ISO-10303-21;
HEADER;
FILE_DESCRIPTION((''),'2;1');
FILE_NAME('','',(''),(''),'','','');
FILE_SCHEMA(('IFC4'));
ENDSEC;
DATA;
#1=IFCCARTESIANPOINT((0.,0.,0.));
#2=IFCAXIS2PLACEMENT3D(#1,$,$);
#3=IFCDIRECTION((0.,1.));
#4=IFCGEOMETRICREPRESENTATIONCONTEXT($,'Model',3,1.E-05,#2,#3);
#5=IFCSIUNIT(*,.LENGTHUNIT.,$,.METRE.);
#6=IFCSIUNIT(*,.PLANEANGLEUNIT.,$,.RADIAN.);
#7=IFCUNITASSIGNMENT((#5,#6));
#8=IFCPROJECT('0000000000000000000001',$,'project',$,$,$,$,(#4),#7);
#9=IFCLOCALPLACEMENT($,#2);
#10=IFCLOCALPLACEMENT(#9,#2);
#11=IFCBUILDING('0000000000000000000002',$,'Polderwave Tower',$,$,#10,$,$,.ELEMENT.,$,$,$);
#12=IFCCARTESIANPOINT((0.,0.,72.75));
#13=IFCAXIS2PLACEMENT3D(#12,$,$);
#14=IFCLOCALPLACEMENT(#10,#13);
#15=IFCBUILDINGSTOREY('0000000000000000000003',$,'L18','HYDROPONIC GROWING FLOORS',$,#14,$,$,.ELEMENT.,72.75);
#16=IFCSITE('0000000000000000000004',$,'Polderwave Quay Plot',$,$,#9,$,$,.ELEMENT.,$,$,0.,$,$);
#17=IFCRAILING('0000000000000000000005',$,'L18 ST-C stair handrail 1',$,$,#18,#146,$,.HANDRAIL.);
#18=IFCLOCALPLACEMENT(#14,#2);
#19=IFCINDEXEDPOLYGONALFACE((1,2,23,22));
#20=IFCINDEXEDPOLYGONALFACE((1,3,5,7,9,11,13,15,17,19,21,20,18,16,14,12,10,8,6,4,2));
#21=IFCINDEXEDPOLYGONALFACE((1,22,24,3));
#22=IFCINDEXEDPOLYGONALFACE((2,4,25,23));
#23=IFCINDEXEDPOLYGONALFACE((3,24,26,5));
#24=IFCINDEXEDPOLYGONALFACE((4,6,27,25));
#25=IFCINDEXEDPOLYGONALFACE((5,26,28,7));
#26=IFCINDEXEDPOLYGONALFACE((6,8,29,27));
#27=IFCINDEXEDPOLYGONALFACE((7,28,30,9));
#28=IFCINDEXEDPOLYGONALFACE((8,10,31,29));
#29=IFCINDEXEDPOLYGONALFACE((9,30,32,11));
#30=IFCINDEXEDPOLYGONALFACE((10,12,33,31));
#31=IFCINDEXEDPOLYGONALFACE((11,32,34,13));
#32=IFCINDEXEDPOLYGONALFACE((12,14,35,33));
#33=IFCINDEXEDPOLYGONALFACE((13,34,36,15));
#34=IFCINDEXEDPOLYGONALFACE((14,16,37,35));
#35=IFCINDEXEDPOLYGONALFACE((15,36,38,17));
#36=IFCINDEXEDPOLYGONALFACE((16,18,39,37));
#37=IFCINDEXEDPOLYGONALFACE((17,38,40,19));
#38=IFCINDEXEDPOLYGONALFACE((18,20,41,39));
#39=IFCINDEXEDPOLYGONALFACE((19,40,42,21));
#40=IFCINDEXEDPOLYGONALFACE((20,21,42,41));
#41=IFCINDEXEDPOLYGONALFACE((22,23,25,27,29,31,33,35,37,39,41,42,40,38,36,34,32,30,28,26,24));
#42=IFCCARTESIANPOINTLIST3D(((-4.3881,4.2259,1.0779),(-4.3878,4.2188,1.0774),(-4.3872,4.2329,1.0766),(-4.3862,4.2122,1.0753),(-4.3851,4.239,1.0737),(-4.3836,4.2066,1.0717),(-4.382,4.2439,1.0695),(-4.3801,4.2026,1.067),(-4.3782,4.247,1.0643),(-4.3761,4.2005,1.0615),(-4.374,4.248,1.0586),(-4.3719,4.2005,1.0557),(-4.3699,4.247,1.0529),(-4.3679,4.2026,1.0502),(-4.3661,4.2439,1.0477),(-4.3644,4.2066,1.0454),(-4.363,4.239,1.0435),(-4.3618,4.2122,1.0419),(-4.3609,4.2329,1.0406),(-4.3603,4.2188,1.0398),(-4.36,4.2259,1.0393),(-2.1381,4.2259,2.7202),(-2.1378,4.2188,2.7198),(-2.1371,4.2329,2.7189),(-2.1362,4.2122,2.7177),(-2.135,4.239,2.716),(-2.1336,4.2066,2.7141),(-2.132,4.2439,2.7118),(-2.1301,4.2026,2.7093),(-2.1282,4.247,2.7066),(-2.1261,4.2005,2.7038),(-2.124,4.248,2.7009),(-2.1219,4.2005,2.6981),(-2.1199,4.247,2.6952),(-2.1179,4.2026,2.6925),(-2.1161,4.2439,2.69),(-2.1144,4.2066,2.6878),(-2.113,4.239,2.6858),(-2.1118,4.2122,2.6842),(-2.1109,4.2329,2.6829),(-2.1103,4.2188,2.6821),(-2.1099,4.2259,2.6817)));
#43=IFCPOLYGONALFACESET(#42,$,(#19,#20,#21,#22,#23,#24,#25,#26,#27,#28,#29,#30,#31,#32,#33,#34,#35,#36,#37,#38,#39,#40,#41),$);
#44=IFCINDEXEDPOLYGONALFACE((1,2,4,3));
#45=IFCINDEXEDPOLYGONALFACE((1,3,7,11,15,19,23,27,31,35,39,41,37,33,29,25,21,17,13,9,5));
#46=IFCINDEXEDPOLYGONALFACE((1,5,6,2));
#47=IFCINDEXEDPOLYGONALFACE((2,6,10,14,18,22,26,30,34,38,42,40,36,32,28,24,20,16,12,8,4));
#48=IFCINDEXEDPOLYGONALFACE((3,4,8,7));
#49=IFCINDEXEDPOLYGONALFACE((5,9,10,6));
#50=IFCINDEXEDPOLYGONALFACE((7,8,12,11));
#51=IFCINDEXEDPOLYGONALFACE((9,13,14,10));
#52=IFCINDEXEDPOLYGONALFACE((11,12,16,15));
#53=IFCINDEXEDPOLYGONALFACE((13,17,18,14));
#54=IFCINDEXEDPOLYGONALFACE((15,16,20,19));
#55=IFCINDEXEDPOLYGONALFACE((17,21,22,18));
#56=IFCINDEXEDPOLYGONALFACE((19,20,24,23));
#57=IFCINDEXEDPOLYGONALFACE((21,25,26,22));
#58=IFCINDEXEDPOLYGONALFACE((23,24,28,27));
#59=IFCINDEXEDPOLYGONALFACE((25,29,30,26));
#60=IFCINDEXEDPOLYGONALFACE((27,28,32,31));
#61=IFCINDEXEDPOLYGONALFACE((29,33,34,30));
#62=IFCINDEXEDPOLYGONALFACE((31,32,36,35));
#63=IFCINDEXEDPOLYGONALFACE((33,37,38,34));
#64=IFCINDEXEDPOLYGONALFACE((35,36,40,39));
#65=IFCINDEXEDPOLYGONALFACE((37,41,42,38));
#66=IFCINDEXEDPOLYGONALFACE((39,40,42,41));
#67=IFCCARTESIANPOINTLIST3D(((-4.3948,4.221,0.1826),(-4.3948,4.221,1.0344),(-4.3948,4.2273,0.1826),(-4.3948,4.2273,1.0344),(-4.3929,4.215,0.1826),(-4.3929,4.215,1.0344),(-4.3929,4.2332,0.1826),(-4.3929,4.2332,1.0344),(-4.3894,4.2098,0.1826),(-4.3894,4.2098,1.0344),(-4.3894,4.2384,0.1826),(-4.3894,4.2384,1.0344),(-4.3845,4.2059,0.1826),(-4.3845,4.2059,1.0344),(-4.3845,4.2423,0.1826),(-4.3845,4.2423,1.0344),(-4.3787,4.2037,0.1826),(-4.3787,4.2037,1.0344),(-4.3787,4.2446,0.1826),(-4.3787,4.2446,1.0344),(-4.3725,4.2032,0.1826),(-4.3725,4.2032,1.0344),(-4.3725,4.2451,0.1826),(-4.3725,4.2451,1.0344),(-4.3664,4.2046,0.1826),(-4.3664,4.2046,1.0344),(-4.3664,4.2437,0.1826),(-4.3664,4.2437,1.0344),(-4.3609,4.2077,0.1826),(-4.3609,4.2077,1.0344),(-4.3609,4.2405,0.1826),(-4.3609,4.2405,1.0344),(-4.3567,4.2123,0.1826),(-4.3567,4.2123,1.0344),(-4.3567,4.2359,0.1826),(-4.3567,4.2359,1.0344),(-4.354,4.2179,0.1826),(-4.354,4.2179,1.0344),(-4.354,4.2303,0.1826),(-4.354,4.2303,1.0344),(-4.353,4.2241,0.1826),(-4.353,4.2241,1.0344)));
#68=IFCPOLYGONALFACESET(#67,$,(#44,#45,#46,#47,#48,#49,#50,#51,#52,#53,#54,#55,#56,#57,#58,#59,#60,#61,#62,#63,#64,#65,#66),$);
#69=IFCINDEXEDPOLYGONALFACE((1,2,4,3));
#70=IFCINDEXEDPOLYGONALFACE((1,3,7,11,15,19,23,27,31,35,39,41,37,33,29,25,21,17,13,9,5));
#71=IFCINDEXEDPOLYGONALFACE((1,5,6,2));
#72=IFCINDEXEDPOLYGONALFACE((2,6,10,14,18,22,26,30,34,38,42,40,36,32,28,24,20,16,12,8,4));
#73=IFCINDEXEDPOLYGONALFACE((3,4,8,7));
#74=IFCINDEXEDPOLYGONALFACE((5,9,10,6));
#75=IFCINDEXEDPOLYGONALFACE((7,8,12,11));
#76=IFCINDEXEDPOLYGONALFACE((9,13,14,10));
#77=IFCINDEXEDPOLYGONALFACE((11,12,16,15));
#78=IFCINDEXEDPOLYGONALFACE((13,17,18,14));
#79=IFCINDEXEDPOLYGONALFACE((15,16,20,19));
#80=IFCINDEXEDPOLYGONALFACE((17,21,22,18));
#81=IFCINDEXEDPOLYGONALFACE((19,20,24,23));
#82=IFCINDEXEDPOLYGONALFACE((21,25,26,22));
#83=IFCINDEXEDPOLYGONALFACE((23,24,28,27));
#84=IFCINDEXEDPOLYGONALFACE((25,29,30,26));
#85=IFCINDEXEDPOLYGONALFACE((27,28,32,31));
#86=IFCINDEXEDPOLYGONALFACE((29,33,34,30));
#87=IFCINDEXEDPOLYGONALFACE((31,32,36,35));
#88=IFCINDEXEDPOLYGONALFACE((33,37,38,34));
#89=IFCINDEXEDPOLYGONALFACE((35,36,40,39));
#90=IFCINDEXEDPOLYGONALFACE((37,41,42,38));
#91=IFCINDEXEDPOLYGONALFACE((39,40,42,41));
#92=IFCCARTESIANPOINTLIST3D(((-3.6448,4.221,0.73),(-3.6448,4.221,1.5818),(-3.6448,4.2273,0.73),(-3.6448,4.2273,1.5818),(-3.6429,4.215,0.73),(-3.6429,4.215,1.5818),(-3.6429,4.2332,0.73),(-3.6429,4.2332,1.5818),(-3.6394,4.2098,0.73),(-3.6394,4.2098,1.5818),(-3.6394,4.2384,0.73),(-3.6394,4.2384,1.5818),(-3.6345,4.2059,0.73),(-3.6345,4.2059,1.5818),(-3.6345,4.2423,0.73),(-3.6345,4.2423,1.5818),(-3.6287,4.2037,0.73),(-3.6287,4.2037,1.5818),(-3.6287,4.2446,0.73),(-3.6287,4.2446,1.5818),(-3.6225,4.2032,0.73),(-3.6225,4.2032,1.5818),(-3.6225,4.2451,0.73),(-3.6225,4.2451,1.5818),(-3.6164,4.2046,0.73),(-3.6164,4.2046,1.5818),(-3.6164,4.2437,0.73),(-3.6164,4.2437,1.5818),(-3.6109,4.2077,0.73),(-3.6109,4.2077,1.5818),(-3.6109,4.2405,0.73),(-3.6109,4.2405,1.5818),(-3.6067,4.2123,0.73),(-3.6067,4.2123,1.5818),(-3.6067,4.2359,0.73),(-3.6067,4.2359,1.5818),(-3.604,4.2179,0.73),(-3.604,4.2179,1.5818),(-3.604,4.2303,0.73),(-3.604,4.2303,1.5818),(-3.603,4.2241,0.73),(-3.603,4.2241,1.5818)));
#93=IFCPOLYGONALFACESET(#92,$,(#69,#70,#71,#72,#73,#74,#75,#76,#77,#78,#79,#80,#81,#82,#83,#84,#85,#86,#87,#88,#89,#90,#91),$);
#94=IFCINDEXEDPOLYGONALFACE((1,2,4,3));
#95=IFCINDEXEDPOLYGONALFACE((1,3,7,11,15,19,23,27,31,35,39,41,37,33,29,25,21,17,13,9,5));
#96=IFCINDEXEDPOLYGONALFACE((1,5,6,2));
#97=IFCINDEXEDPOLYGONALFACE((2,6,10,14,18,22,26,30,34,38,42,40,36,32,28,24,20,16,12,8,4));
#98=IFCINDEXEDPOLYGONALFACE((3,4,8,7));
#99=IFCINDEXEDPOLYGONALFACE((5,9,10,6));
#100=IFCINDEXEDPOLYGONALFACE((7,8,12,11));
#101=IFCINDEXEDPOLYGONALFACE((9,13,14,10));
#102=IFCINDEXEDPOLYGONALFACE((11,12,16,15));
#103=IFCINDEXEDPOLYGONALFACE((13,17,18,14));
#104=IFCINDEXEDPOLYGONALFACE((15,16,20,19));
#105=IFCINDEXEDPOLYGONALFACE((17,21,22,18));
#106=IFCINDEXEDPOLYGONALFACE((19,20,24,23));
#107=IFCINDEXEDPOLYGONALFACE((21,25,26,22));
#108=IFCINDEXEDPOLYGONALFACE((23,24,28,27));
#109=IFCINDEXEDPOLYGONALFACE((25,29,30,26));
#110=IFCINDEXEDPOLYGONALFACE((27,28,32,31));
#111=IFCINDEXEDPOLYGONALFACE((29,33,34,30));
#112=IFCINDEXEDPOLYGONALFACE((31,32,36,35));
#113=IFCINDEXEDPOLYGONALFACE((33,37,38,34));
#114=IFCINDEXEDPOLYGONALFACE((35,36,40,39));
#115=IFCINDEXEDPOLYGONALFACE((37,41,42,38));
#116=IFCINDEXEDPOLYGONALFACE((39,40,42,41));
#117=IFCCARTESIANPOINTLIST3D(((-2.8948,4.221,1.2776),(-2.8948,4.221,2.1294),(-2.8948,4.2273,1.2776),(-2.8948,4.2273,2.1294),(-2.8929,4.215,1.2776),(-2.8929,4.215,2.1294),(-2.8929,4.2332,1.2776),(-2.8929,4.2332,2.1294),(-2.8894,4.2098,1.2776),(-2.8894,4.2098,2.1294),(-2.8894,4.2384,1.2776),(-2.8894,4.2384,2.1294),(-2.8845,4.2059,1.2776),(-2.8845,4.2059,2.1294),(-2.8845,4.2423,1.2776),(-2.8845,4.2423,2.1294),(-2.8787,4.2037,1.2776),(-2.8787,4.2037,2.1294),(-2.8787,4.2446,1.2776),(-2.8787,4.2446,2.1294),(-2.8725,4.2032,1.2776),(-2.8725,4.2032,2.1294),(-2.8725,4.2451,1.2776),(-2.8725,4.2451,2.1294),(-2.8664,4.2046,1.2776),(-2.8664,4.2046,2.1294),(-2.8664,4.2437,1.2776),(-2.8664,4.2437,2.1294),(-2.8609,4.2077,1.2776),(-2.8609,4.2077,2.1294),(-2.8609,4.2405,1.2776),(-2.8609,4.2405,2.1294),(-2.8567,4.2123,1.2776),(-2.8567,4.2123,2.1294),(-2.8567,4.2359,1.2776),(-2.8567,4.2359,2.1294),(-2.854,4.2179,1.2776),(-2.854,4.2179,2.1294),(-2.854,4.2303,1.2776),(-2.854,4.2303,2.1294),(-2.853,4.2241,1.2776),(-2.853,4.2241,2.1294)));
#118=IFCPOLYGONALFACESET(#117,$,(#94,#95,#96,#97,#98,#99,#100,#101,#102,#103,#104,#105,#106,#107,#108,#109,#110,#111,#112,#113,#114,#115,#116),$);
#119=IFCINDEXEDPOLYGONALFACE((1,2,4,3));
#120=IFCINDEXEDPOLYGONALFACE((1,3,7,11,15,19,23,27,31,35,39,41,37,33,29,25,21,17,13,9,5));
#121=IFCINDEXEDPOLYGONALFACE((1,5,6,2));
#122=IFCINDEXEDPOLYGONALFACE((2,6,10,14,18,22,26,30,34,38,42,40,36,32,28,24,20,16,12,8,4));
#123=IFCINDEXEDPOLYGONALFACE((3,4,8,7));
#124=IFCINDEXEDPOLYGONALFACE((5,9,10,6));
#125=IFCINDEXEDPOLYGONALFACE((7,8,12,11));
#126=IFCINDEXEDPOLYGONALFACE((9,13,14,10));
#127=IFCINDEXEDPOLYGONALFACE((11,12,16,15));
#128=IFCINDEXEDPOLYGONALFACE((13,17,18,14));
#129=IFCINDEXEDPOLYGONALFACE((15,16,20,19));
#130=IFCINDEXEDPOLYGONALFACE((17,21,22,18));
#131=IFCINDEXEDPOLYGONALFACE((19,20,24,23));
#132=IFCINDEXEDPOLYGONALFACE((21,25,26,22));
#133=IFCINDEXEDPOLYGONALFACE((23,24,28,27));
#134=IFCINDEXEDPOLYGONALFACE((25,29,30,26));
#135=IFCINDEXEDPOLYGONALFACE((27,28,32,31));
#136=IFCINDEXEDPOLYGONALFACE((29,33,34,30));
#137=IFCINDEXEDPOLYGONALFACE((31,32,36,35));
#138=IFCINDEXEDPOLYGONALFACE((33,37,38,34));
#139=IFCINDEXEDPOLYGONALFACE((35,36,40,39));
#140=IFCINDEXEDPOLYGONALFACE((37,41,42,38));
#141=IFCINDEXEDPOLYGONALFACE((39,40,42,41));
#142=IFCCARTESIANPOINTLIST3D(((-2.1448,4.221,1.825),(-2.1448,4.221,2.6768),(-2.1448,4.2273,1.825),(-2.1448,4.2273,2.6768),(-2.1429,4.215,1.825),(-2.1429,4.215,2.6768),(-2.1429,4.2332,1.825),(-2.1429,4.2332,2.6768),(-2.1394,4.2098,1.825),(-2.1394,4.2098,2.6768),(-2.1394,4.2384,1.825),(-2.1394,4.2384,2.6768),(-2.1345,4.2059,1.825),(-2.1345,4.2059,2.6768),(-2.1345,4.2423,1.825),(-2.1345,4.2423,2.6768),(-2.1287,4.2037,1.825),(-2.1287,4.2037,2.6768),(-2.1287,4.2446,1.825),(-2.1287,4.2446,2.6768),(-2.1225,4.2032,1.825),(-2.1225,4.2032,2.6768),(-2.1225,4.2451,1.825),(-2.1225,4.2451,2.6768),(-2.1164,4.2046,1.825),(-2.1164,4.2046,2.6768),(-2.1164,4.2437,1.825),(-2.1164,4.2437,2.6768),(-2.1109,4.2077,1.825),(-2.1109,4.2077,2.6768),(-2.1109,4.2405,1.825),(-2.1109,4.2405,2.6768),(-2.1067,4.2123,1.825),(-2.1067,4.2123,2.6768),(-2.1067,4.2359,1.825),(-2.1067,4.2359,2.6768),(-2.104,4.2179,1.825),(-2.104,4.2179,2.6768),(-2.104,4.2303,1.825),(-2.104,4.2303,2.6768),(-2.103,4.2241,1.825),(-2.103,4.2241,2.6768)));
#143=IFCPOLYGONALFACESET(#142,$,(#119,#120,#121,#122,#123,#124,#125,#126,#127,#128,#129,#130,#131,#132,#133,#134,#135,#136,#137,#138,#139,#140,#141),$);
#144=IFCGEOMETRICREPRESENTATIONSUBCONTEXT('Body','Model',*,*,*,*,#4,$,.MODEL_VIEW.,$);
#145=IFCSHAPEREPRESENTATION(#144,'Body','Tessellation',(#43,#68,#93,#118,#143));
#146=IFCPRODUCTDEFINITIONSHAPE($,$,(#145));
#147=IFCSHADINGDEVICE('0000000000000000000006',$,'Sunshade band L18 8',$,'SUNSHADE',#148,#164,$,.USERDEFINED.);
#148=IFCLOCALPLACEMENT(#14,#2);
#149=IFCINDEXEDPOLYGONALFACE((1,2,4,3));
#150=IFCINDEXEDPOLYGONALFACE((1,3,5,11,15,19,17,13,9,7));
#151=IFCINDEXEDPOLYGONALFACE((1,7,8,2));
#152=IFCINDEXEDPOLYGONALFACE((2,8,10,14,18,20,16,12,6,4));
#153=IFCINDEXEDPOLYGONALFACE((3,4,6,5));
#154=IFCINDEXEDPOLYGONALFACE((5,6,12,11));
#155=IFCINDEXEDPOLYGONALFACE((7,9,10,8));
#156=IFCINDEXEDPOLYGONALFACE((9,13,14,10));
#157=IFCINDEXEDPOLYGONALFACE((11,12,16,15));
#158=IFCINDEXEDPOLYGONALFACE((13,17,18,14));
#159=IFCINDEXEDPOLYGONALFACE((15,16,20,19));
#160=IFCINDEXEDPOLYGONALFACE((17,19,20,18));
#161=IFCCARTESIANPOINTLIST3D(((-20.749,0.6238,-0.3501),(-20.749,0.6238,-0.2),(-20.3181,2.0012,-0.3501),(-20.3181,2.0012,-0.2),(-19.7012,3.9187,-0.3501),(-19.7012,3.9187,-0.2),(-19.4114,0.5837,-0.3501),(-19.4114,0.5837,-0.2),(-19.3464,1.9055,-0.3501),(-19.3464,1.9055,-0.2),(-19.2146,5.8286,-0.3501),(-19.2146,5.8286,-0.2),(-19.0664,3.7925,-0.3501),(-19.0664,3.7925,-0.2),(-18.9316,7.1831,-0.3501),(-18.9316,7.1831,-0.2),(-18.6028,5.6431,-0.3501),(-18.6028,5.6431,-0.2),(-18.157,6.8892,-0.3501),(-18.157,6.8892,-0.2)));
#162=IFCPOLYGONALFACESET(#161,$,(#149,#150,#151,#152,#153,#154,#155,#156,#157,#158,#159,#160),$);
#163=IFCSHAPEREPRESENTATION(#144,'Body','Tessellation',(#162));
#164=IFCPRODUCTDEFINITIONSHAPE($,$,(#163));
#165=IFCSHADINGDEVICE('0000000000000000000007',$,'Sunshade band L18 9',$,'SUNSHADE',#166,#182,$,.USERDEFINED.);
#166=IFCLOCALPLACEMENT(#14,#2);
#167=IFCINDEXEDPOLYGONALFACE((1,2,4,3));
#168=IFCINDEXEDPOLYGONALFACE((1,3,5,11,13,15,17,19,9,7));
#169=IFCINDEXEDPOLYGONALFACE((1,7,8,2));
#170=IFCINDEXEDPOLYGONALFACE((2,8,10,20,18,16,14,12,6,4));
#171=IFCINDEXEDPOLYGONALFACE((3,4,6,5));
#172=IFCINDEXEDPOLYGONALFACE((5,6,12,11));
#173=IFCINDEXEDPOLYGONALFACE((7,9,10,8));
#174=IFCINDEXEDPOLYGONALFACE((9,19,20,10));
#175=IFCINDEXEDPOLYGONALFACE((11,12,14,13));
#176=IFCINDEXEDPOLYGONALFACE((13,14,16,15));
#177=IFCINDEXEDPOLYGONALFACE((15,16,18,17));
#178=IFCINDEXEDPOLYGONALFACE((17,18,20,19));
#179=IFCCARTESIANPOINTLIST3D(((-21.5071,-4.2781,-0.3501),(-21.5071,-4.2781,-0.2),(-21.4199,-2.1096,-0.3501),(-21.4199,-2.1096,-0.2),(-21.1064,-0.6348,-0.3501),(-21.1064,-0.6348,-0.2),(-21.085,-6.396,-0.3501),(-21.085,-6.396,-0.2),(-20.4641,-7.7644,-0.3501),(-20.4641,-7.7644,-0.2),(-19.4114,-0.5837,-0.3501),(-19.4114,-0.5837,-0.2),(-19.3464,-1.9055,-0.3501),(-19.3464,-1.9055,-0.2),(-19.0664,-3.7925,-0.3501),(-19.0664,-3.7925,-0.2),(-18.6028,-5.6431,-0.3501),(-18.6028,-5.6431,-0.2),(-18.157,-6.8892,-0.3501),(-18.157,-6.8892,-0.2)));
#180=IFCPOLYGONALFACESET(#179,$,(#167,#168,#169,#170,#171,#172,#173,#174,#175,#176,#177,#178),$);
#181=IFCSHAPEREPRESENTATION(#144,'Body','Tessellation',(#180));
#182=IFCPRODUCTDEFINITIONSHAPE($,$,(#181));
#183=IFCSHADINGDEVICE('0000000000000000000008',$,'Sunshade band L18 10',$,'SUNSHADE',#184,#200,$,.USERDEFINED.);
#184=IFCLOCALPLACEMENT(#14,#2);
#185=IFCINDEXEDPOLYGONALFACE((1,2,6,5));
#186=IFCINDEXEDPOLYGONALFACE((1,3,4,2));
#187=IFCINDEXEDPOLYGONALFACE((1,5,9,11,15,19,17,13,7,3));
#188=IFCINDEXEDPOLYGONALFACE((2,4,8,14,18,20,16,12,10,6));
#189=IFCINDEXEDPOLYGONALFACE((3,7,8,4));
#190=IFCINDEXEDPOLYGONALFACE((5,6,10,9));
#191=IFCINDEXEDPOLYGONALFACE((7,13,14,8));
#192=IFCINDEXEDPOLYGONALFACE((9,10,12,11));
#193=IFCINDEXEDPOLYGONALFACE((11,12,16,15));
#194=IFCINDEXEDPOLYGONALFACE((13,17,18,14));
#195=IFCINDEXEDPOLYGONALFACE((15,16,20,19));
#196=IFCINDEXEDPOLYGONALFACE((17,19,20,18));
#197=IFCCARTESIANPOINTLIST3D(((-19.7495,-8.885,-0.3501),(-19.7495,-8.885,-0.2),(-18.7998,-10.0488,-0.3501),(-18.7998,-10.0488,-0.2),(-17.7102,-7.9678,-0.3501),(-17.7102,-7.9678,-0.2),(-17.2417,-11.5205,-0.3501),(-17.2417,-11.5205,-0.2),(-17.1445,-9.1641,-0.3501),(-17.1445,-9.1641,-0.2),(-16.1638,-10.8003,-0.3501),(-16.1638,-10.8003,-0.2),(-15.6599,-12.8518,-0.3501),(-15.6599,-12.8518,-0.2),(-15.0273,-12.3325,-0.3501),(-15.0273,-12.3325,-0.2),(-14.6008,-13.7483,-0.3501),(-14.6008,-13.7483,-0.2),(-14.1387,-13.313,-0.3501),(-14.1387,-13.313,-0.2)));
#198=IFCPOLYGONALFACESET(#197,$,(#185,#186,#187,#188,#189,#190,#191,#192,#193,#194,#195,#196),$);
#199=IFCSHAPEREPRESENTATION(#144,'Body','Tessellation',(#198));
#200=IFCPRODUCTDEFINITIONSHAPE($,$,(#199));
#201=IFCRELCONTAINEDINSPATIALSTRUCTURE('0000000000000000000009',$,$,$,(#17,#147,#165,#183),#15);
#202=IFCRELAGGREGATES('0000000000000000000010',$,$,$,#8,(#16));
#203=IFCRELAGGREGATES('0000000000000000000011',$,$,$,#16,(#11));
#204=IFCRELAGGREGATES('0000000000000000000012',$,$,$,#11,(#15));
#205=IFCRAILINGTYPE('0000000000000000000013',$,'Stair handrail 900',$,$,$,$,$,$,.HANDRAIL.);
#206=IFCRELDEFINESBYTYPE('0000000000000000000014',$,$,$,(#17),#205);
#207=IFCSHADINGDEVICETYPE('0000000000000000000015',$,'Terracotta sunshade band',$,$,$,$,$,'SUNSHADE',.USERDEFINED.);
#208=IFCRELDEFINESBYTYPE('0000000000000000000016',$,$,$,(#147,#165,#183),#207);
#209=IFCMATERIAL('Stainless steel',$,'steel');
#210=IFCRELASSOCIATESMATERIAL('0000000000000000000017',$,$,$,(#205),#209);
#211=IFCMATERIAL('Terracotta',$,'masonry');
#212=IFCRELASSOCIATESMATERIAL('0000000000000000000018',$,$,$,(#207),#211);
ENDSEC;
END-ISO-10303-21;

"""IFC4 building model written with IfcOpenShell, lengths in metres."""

from ifc_helpers import new_model, si_unit, direction, frame, origin, origin_2d, place, context, subcontext, project, spatial, polyline, circle, outline, extrude, material, type_object, element, save


model = new_model("IFC4")

# Units and contexts
model_context = context("Model", 3, precision=1e-05, world=origin(), true_north=direction((0.0, 1.0)))
body_context = subcontext(model_context, "Body", "Model", "MODEL_VIEW")
ifc_project = project(units=[si_unit("LENGTHUNIT", "METRE"), si_unit("PLANEANGLEUNIT", "RADIAN")], contexts=[model_context])

# Site, building, storey
site_placement = place(None, origin())
site = spatial("IfcSite", under=ifc_project, at=site_placement, Name="Polderwave Quay Plot", CompositionType="ELEMENT", RefElevation=0.0)
building_placement = place(site_placement, origin())
building = spatial("IfcBuilding", under=site, at=building_placement, Name="Polderwave Tower", CompositionType="ELEMENT")
storey_placement = place(building_placement, frame((0.0, 0.0, 72.75)))
storey = spatial("IfcBuildingStorey", under=building, at=storey_placement, Name="L18", Description="HYDROPONIC GROWING FLOORS", CompositionType="ELEMENT", Elevation=72.75)

# Railing
ifc_material_1 = material(Name="Stainless steel", Category="steel")
railing_type_1 = type_object("IfcRailingType", Name="Stair handrail 900", PredefinedType="HANDRAIL", material=ifc_material_1)
railing_1_placement = place(storey_placement, frame((-4.374, 4.2241, 0.1826)))
element("IfcRailing", 1, at=railing_1_placement, inside=storey, type_object=railing_type_1, Name="L18 ST-C stair handrail 1", PredefinedType="HANDRAIL", context=body_context, shape_type="SweptSolid", body=[
    extrude(circle(Radius=0.0239, at=origin_2d()), frame((0.0, 0.0, 0.876), z_axis=(0.807715, 0.0, 0.589573), x_axis=(0.0, 1.0, 0.0)), (0.0, 0.0, 1.0), 2.7856),
    extrude(circle(Radius=0.021, at=origin_2d()), origin(), (0.0, 0.0, 1.0), 0.8518),
    extrude(circle(Radius=0.021, at=origin_2d()), frame((0.75, 0.0, 0.5474)), (0.0, 0.0, 1.0), 0.8518),
    extrude(circle(Radius=0.021, at=origin_2d()), frame((1.5, 0.0, 1.095)), (0.0, 0.0, 1.0), 0.8518),
    extrude(circle(Radius=0.021, at=origin_2d()), frame((2.25, 0.0, 1.6423)), (0.0, 0.0, 1.0), 0.8518),
])

# Shading devices
ifc_material_2 = material(Name="Terracotta", Category="masonry")
shading_device_type = type_object("IfcShadingDeviceType", Name="Terracotta sunshade band", ElementType="SUNSHADE", PredefinedType="USERDEFINED", material=ifc_material_2)
shading_device_1_placement = place(storey_placement, frame((0.0, 0.0, -0.3501)))
element("IfcShadingDevice", 2, at=shading_device_1_placement, inside=storey, type_object=shading_device_type, Name="Sunshade band L18 8", ObjectType="SUNSHADE", PredefinedType="USERDEFINED", context=body_context, shape_type="SweptSolid", body=[
    extrude(outline(polyline([(-18.157, 6.8892), (-18.6028, 5.6431), (-19.0664, 3.7925), (-19.3464, 1.9055), (-19.4114, 0.5837), (-20.749, 0.6238), (-20.3181, 2.0012), (-19.7012, 3.9187), (-19.2146, 5.8286), (-18.9316, 7.1831), (-18.157, 6.8892)])), origin(), (0.0, 0.0, 1.0), 0.1501),
])
shading_device_2_placement = place(storey_placement, frame((0.0, 0.0, -0.3501)))
element("IfcShadingDevice", 3, at=shading_device_2_placement, inside=storey, type_object=shading_device_type, Name="Sunshade band L18 9", ObjectType="SUNSHADE", PredefinedType="USERDEFINED", context=body_context, shape_type="SweptSolid", body=[
    extrude(outline(polyline([(-19.4114, -0.5837), (-19.3464, -1.9055), (-19.0664, -3.7925), (-18.6028, -5.6431), (-18.157, -6.8892), (-20.4641, -7.7644), (-21.085, -6.396), (-21.5071, -4.2781), (-21.4199, -2.1096), (-21.1064, -0.6348), (-19.4114, -0.5837)])), origin(), (0.0, 0.0, 1.0), 0.1501),
])
shading_device_3_placement = place(storey_placement, frame((0.0, 0.0, -0.3501)))
element("IfcShadingDevice", 4, at=shading_device_3_placement, inside=storey, type_object=shading_device_type, Name="Sunshade band L18 10", ObjectType="SUNSHADE", PredefinedType="USERDEFINED", context=body_context, shape_type="SweptSolid", body=[
    extrude(outline(polyline([(-17.7102, -7.9678), (-17.1445, -9.1641), (-16.1638, -10.8003), (-15.0273, -12.3325), (-14.1387, -13.313), (-14.6008, -13.7483), (-15.6599, -12.8518), (-17.2417, -11.5205), (-18.7998, -10.0488), (-19.7495, -8.885), (-17.7102, -7.9678)])), origin(), (0.0, 0.0, 1.0), 0.1501),
])

save(model, "model.ifc")
